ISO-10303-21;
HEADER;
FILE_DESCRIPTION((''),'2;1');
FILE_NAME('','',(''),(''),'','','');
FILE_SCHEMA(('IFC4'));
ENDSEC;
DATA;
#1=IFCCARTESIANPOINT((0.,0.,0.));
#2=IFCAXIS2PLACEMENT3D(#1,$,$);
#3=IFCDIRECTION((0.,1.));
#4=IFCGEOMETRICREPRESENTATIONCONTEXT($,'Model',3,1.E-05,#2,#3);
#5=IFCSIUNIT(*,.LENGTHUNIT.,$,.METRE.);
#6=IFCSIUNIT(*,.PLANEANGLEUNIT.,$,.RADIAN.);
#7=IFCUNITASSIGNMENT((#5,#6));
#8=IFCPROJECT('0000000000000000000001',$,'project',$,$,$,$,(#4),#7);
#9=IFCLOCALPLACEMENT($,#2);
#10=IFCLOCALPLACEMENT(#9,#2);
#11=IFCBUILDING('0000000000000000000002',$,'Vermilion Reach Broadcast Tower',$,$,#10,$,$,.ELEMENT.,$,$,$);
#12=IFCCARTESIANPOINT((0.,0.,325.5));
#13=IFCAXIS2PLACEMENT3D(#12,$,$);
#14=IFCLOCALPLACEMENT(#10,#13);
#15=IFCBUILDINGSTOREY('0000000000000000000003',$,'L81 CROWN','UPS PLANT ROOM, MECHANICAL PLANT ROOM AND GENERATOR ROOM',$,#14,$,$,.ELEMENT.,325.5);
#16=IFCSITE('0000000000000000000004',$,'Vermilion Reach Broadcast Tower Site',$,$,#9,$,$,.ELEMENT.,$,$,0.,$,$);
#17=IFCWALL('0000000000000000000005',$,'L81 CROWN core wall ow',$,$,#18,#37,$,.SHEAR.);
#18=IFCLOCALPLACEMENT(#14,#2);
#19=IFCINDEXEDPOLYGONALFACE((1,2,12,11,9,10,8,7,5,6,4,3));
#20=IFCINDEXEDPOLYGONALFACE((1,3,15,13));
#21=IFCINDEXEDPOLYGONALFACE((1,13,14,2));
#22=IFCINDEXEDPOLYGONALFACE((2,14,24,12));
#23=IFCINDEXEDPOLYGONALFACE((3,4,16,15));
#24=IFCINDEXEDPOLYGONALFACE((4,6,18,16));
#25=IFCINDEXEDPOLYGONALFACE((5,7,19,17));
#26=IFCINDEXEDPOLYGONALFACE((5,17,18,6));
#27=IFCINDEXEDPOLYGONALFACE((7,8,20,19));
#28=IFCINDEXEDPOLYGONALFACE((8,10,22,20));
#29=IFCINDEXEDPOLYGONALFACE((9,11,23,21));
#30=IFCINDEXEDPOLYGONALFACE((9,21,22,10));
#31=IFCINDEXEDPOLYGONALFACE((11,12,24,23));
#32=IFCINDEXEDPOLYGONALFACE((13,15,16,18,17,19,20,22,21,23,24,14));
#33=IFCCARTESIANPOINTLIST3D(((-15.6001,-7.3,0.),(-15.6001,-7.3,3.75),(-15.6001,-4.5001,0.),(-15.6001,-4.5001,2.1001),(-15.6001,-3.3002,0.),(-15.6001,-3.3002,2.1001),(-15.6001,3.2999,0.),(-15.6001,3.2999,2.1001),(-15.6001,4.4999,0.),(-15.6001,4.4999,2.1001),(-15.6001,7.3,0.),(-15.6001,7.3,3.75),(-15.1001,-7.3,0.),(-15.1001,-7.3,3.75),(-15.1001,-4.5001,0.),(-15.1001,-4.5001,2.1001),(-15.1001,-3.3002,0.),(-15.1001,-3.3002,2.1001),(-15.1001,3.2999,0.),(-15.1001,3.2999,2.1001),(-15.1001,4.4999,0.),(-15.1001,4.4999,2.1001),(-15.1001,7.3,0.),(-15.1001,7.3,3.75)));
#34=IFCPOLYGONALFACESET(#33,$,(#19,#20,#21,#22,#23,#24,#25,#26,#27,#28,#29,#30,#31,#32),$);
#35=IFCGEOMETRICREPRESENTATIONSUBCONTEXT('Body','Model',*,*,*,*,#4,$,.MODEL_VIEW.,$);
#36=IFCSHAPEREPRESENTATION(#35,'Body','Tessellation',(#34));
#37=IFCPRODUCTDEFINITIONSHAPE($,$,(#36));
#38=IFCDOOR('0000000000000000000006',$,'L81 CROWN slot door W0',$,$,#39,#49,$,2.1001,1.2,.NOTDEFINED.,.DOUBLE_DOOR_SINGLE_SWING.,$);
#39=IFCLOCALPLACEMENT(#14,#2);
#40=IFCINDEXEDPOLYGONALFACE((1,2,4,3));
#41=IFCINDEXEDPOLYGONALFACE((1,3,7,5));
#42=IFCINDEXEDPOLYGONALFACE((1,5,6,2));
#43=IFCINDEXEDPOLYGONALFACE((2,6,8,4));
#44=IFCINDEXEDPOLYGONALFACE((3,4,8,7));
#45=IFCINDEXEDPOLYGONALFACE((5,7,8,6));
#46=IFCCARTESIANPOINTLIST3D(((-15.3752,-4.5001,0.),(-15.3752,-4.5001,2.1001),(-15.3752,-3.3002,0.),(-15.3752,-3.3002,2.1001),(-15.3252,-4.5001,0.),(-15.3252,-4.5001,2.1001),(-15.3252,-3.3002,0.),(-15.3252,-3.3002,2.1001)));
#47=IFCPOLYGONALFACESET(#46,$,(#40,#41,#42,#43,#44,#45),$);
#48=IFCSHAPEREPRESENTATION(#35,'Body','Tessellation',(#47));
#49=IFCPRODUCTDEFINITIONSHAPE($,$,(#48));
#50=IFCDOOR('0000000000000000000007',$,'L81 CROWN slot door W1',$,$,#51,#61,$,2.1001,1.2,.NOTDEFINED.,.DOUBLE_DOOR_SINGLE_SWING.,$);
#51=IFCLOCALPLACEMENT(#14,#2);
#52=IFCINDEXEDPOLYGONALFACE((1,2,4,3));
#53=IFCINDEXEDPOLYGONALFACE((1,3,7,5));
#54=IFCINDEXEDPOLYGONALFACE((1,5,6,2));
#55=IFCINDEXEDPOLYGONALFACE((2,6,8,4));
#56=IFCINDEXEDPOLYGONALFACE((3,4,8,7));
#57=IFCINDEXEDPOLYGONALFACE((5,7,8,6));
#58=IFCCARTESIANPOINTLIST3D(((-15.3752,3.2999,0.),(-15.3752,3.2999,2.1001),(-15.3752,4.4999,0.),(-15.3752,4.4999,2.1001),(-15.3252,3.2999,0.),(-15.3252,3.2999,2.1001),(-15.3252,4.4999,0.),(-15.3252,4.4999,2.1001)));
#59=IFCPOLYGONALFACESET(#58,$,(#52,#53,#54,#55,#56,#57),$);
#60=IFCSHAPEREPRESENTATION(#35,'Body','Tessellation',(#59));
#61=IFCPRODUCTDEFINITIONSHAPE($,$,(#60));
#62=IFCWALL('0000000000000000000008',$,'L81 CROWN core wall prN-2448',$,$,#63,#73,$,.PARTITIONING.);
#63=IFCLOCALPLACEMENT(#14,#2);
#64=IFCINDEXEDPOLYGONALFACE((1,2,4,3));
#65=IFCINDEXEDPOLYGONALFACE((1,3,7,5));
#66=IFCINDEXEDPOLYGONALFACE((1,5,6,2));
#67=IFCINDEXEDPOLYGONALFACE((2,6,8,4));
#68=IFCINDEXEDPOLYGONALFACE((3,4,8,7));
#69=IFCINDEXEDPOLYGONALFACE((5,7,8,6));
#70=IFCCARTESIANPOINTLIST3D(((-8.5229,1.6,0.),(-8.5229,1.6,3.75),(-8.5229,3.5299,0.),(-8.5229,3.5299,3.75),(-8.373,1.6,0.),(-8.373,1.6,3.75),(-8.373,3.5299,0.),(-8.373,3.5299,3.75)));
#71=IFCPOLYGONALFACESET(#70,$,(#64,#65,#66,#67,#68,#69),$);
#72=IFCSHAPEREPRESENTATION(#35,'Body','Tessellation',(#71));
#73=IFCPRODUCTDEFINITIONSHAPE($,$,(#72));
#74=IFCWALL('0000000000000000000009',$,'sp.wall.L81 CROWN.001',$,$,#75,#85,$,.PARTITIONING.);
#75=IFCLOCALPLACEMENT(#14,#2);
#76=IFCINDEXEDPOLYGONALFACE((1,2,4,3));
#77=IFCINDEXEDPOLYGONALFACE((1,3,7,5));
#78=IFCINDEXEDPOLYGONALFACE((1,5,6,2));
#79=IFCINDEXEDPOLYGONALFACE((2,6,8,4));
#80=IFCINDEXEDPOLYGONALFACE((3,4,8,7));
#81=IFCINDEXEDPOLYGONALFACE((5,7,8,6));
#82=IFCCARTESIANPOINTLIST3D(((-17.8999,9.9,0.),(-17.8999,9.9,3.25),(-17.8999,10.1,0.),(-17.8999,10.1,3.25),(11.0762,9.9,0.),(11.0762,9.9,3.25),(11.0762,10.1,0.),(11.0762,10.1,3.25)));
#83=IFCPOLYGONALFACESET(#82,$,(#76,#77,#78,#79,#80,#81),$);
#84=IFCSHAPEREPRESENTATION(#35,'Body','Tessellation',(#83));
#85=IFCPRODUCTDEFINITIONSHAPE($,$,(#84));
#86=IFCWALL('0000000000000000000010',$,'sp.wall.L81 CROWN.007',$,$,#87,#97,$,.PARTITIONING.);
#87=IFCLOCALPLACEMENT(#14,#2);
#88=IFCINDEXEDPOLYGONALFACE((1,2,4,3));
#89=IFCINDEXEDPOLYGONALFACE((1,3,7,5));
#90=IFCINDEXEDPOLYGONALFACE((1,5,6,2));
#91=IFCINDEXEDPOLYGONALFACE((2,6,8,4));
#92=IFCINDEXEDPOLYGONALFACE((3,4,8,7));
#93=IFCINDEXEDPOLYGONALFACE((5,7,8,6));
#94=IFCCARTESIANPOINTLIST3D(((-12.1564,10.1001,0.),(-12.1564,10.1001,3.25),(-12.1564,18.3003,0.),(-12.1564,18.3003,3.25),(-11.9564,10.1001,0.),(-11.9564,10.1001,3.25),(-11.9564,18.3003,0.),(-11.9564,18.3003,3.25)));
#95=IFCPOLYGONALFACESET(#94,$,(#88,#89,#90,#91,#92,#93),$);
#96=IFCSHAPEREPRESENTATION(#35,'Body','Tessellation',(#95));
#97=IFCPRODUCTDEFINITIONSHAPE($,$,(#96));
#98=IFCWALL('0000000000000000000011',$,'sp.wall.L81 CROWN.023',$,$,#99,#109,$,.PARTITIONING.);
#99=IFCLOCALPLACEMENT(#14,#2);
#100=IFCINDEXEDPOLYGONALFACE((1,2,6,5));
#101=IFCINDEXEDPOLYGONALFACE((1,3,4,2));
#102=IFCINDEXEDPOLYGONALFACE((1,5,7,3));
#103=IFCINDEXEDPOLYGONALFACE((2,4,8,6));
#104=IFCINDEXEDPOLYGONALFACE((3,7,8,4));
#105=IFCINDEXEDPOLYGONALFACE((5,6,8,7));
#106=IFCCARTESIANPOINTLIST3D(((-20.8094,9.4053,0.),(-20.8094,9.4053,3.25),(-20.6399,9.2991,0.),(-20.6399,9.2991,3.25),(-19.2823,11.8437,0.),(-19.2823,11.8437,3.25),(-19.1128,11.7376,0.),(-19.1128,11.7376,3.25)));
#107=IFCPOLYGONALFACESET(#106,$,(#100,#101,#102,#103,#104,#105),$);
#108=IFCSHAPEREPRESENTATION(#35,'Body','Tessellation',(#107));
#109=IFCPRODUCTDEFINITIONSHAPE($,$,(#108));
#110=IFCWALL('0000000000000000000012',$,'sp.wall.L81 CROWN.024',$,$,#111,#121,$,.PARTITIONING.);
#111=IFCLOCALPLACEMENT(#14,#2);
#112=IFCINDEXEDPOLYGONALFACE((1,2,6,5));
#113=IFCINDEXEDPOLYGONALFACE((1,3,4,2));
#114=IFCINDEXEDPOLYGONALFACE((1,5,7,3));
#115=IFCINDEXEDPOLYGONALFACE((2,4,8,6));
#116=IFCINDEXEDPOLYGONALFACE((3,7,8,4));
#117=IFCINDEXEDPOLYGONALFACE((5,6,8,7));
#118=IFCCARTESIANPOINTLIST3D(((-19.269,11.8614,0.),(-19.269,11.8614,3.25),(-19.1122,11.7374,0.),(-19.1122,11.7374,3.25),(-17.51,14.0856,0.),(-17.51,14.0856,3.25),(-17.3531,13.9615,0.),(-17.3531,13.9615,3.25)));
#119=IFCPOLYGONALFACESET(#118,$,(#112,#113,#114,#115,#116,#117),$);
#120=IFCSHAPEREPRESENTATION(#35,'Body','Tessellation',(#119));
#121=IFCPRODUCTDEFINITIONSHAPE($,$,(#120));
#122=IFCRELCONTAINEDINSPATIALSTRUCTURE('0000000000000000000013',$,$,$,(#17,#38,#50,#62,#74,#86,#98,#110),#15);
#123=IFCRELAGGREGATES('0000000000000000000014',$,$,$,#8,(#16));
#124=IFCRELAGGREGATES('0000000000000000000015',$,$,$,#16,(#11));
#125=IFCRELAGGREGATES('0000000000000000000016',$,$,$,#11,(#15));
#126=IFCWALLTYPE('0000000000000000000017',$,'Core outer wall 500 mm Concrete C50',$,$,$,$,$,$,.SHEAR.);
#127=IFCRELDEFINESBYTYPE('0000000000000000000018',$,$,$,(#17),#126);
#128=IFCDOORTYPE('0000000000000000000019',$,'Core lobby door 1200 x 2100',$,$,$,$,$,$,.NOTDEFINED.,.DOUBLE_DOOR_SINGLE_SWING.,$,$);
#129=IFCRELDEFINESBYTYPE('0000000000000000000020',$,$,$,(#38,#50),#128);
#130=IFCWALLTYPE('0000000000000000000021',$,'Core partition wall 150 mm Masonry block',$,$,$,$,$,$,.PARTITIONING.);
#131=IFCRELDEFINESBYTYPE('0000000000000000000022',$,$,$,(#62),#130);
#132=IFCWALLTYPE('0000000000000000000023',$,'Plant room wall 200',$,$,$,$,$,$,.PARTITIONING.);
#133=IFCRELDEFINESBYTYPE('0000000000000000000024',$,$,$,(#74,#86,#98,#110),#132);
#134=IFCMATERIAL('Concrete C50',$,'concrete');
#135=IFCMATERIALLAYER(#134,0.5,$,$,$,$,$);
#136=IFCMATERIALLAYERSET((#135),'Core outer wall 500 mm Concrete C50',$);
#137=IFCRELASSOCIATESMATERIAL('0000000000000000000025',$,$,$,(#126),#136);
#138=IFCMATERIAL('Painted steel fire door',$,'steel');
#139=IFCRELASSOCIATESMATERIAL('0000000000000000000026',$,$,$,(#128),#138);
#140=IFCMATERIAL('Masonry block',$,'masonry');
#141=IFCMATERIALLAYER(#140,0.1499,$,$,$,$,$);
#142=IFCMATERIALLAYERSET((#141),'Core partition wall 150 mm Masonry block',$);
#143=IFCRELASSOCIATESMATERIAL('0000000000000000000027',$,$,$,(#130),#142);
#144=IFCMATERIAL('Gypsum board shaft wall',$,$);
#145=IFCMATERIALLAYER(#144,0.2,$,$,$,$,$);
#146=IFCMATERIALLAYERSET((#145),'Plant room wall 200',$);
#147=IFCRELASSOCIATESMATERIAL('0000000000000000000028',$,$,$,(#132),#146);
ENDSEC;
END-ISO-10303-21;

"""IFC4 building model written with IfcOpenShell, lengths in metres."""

from ifc_helpers import new_model, si_unit, direction, frame, frame_2d, origin, place, context, subcontext, project, spatial, rectangle, extrude, material, layer, layer_set, type_object, element, fill, save


model = new_model("IFC4")

# Units and contexts
model_context = context("Model", 3, precision=1e-05, world=origin(), true_north=direction((0.0, 1.0)))
body_context = subcontext(model_context, "Body", "Model", "MODEL_VIEW")
ifc_project = project(units=[si_unit("LENGTHUNIT", "METRE"), si_unit("PLANEANGLEUNIT", "RADIAN")], contexts=[model_context])

# Site, building, storey
site_placement = place(None, origin())
site = spatial("IfcSite", under=ifc_project, at=site_placement, Name="Vermilion Reach Broadcast Tower Site", CompositionType="ELEMENT", RefElevation=0.0)
building_placement = place(site_placement, origin())
building = spatial("IfcBuilding", under=site, at=building_placement, Name="Vermilion Reach Broadcast Tower", CompositionType="ELEMENT")
storey_placement = place(building_placement, frame((0.0, 0.0, 325.5)))
storey = spatial("IfcBuildingStorey", under=building, at=storey_placement, Name="L81 CROWN", Description="UPS PLANT ROOM, MECHANICAL PLANT ROOM AND GENERATOR ROOM", CompositionType="ELEMENT", Elevation=325.5)

# Shared definitions
ifc_material_1 = material(Name="Concrete C50", Category="concrete")
ifc_layer_1 = layer(ifc_material_1, 0.5)
ifc_layer_set_1 = layer_set([ifc_layer_1], Name="Core outer wall 500 mm Concrete C50")
wall_type_1 = type_object("IfcWallType", Name="Core outer wall 500 mm Concrete C50", PredefinedType="SHEAR", material=ifc_layer_set_1)

# Wall, openings, doors
wall_1_placement = place(storey_placement, frame((-15.3501, 7.3, 0.0), z_axis=(0.0, 0.0, 1.0), x_axis=(0.0, -1.0, 0.0)))
wall_1 = element("IfcWall", 1, at=wall_1_placement, inside=storey, type_object=wall_type_1, Name="L81 CROWN core wall ow", PredefinedType="SHEAR", context=body_context, shape_type="SweptSolid", body=[
    extrude(rectangle(XDim=14.6001, YDim=0.5, at=frame_2d((7.3, 0.0))), origin(), (0.0, 0.0, 1.0), 3.75),
])
opening_1_placement = place(wall_1_placement, frame((10.6001, 0.0, 0.0)))
opening_1 = element("IfcOpeningElement", 2, at=opening_1_placement, cuts=wall_1, PredefinedType="OPENING", context=body_context, shape_type="SweptSolid", body=[
    extrude(rectangle(XDim=1.2, YDim=2.1001, at=frame_2d((0.6001, 1.05))), frame((0.0, 0.26, 0.0), z_axis=(0.0, -1.0, 0.0), x_axis=(1.0, 0.0, 0.0)), (0.0, 0.0, 1.0), 0.52),
])
opening_2_placement = place(wall_1_placement, frame((2.8, 0.0, 0.0)))
opening_2 = element("IfcOpeningElement", 3, at=opening_2_placement, cuts=wall_1, PredefinedType="OPENING", context=body_context, shape_type="SweptSolid", body=[
    extrude(rectangle(XDim=1.2, YDim=2.1001, at=frame_2d((0.6001, 1.05))), frame((0.0, 0.26, 0.0), z_axis=(0.0, -1.0, 0.0), x_axis=(1.0, 0.0, 0.0)), (0.0, 0.0, 1.0), 0.52),
])
ifc_material_2 = material(Name="Painted steel fire door", Category="steel")
door_type_1 = type_object("IfcDoorType", Name="Core lobby door 1200 x 2100", OperationType="DOUBLE_DOOR_SINGLE_SWING", PredefinedType="NOTDEFINED", material=ifc_material_2)
door_1_placement = place(opening_1_placement, origin())
door_1 = element("IfcDoor", 4, at=door_1_placement, inside=storey, type_object=door_type_1, Name="L81 CROWN slot door W0", OperationType="DOUBLE_DOOR_SINGLE_SWING", OverallHeight=2.1001, OverallWidth=1.2, PredefinedType="NOTDEFINED", context=body_context, shape_type="SweptSolid", body=[
    extrude(rectangle(XDim=1.2, YDim=2.1001, at=frame_2d((0.6001, 1.05))), frame((0.0, 0.0249, 0.0), z_axis=(0.0, -1.0, 0.0), x_axis=(1.0, 0.0, 0.0)), (0.0, 0.0, 1.0), 0.05),
])
fill(opening_1, door_1)
door_2_placement = place(opening_2_placement, origin())
door_2 = element("IfcDoor", 5, at=door_2_placement, inside=storey, type_object=door_type_1, Name="L81 CROWN slot door W1", OperationType="DOUBLE_DOOR_SINGLE_SWING", OverallHeight=2.1001, OverallWidth=1.2, PredefinedType="NOTDEFINED", context=body_context, shape_type="SweptSolid", body=[
    extrude(rectangle(XDim=1.2, YDim=2.1001, at=frame_2d((0.6001, 1.05))), frame((0.0, 0.0249, 0.0), z_axis=(0.0, -1.0, 0.0), x_axis=(1.0, 0.0, 0.0)), (0.0, 0.0, 1.0), 0.05),
])
fill(opening_2, door_2)

# Wall
ifc_material_3 = material(Name="Masonry block", Category="masonry")
ifc_layer_2 = layer(ifc_material_3, 0.1499)
ifc_layer_set_2 = layer_set([ifc_layer_2], Name="Core partition wall 150 mm Masonry block")
wall_type_2 = type_object("IfcWallType", Name="Core partition wall 150 mm Masonry block", PredefinedType="PARTITIONING", material=ifc_layer_set_2)
wall_2_placement = place(storey_placement, frame((-8.448, 1.6001, 0.0), z_axis=(0.0, 0.0, 1.0), x_axis=(0.0, 1.0, 0.0)))
element("IfcWall", 6, at=wall_2_placement, inside=storey, type_object=wall_type_2, Name="L81 CROWN core wall prN-2448", PredefinedType="PARTITIONING", context=body_context, shape_type="SweptSolid", body=[
    extrude(rectangle(XDim=1.9299, YDim=0.1499, at=frame_2d((0.9648, 0.0))), origin(), (0.0, 0.0, 1.0), 3.75),
])

# Walls
ifc_material_4 = material(Name="Gypsum board shaft wall")
ifc_layer_3 = layer(ifc_material_4, 0.2)
ifc_layer_set_3 = layer_set([ifc_layer_3], Name="Plant room wall 200")
wall_type_3 = type_object("IfcWallType", Name="Plant room wall 200", PredefinedType="PARTITIONING", material=ifc_layer_set_3)
wall_3_placement = place(storey_placement, frame((-17.8999, 10.0, 0.0), z_axis=(0.0, 0.0, 1.0), x_axis=(1.0, 0.0, 0.0)))
element("IfcWall", 7, at=wall_3_placement, inside=storey, type_object=wall_type_3, Name="sp.wall.L81 CROWN.001", PredefinedType="PARTITIONING", context=body_context, shape_type="SweptSolid", body=[
    extrude(rectangle(XDim=28.9761, YDim=0.2, at=frame_2d((14.488, 0.0))), origin(), (0.0, 0.0, 1.0), 3.25),
])
wall_4_placement = place(storey_placement, frame((-12.0564, 10.1001, 0.0), z_axis=(0.0, 0.0, 1.0), x_axis=(0.0, 1.0, 0.0)))
element("IfcWall", 8, at=wall_4_placement, inside=storey, type_object=wall_type_3, Name="sp.wall.L81 CROWN.007", PredefinedType="PARTITIONING", context=body_context, shape_type="SweptSolid", body=[
    extrude(rectangle(XDim=8.2002, YDim=0.2, at=frame_2d((4.1001, 0.0))), origin(), (0.0, 0.0, 1.0), 3.25),
])
wall_5_placement = place(storey_placement, frame((-20.7246, 9.3523, 0.0), z_axis=(0.0, 0.0, 1.0), x_axis=(0.530761, 0.847521, 0.0)))
element("IfcWall", 9, at=wall_5_placement, inside=storey, type_object=wall_type_3, Name="sp.wall.L81 CROWN.023", PredefinedType="PARTITIONING", context=body_context, shape_type="SweptSolid", body=[
    extrude(rectangle(XDim=2.8772, YDim=0.2, at=frame_2d((1.4385, 0.0))), origin(), (0.0, 0.0, 1.0), 3.25),
])
wall_6_placement = place(storey_placement, frame((-19.1907, 11.7993, 0.0), z_axis=(0.0, 0.0, 1.0), x_axis=(0.620328, 0.784343, 0.0)))
element("IfcWall", 10, at=wall_6_placement, inside=storey, type_object=wall_type_3, Name="sp.wall.L81 CROWN.024", PredefinedType="PARTITIONING", context=body_context, shape_type="SweptSolid", body=[
    extrude(rectangle(XDim=2.8357, YDim=0.2, at=frame_2d((1.418, 0.0))), origin(), (0.0, 0.0, 1.0), 3.25),
])

save(model, "model.ifc")
